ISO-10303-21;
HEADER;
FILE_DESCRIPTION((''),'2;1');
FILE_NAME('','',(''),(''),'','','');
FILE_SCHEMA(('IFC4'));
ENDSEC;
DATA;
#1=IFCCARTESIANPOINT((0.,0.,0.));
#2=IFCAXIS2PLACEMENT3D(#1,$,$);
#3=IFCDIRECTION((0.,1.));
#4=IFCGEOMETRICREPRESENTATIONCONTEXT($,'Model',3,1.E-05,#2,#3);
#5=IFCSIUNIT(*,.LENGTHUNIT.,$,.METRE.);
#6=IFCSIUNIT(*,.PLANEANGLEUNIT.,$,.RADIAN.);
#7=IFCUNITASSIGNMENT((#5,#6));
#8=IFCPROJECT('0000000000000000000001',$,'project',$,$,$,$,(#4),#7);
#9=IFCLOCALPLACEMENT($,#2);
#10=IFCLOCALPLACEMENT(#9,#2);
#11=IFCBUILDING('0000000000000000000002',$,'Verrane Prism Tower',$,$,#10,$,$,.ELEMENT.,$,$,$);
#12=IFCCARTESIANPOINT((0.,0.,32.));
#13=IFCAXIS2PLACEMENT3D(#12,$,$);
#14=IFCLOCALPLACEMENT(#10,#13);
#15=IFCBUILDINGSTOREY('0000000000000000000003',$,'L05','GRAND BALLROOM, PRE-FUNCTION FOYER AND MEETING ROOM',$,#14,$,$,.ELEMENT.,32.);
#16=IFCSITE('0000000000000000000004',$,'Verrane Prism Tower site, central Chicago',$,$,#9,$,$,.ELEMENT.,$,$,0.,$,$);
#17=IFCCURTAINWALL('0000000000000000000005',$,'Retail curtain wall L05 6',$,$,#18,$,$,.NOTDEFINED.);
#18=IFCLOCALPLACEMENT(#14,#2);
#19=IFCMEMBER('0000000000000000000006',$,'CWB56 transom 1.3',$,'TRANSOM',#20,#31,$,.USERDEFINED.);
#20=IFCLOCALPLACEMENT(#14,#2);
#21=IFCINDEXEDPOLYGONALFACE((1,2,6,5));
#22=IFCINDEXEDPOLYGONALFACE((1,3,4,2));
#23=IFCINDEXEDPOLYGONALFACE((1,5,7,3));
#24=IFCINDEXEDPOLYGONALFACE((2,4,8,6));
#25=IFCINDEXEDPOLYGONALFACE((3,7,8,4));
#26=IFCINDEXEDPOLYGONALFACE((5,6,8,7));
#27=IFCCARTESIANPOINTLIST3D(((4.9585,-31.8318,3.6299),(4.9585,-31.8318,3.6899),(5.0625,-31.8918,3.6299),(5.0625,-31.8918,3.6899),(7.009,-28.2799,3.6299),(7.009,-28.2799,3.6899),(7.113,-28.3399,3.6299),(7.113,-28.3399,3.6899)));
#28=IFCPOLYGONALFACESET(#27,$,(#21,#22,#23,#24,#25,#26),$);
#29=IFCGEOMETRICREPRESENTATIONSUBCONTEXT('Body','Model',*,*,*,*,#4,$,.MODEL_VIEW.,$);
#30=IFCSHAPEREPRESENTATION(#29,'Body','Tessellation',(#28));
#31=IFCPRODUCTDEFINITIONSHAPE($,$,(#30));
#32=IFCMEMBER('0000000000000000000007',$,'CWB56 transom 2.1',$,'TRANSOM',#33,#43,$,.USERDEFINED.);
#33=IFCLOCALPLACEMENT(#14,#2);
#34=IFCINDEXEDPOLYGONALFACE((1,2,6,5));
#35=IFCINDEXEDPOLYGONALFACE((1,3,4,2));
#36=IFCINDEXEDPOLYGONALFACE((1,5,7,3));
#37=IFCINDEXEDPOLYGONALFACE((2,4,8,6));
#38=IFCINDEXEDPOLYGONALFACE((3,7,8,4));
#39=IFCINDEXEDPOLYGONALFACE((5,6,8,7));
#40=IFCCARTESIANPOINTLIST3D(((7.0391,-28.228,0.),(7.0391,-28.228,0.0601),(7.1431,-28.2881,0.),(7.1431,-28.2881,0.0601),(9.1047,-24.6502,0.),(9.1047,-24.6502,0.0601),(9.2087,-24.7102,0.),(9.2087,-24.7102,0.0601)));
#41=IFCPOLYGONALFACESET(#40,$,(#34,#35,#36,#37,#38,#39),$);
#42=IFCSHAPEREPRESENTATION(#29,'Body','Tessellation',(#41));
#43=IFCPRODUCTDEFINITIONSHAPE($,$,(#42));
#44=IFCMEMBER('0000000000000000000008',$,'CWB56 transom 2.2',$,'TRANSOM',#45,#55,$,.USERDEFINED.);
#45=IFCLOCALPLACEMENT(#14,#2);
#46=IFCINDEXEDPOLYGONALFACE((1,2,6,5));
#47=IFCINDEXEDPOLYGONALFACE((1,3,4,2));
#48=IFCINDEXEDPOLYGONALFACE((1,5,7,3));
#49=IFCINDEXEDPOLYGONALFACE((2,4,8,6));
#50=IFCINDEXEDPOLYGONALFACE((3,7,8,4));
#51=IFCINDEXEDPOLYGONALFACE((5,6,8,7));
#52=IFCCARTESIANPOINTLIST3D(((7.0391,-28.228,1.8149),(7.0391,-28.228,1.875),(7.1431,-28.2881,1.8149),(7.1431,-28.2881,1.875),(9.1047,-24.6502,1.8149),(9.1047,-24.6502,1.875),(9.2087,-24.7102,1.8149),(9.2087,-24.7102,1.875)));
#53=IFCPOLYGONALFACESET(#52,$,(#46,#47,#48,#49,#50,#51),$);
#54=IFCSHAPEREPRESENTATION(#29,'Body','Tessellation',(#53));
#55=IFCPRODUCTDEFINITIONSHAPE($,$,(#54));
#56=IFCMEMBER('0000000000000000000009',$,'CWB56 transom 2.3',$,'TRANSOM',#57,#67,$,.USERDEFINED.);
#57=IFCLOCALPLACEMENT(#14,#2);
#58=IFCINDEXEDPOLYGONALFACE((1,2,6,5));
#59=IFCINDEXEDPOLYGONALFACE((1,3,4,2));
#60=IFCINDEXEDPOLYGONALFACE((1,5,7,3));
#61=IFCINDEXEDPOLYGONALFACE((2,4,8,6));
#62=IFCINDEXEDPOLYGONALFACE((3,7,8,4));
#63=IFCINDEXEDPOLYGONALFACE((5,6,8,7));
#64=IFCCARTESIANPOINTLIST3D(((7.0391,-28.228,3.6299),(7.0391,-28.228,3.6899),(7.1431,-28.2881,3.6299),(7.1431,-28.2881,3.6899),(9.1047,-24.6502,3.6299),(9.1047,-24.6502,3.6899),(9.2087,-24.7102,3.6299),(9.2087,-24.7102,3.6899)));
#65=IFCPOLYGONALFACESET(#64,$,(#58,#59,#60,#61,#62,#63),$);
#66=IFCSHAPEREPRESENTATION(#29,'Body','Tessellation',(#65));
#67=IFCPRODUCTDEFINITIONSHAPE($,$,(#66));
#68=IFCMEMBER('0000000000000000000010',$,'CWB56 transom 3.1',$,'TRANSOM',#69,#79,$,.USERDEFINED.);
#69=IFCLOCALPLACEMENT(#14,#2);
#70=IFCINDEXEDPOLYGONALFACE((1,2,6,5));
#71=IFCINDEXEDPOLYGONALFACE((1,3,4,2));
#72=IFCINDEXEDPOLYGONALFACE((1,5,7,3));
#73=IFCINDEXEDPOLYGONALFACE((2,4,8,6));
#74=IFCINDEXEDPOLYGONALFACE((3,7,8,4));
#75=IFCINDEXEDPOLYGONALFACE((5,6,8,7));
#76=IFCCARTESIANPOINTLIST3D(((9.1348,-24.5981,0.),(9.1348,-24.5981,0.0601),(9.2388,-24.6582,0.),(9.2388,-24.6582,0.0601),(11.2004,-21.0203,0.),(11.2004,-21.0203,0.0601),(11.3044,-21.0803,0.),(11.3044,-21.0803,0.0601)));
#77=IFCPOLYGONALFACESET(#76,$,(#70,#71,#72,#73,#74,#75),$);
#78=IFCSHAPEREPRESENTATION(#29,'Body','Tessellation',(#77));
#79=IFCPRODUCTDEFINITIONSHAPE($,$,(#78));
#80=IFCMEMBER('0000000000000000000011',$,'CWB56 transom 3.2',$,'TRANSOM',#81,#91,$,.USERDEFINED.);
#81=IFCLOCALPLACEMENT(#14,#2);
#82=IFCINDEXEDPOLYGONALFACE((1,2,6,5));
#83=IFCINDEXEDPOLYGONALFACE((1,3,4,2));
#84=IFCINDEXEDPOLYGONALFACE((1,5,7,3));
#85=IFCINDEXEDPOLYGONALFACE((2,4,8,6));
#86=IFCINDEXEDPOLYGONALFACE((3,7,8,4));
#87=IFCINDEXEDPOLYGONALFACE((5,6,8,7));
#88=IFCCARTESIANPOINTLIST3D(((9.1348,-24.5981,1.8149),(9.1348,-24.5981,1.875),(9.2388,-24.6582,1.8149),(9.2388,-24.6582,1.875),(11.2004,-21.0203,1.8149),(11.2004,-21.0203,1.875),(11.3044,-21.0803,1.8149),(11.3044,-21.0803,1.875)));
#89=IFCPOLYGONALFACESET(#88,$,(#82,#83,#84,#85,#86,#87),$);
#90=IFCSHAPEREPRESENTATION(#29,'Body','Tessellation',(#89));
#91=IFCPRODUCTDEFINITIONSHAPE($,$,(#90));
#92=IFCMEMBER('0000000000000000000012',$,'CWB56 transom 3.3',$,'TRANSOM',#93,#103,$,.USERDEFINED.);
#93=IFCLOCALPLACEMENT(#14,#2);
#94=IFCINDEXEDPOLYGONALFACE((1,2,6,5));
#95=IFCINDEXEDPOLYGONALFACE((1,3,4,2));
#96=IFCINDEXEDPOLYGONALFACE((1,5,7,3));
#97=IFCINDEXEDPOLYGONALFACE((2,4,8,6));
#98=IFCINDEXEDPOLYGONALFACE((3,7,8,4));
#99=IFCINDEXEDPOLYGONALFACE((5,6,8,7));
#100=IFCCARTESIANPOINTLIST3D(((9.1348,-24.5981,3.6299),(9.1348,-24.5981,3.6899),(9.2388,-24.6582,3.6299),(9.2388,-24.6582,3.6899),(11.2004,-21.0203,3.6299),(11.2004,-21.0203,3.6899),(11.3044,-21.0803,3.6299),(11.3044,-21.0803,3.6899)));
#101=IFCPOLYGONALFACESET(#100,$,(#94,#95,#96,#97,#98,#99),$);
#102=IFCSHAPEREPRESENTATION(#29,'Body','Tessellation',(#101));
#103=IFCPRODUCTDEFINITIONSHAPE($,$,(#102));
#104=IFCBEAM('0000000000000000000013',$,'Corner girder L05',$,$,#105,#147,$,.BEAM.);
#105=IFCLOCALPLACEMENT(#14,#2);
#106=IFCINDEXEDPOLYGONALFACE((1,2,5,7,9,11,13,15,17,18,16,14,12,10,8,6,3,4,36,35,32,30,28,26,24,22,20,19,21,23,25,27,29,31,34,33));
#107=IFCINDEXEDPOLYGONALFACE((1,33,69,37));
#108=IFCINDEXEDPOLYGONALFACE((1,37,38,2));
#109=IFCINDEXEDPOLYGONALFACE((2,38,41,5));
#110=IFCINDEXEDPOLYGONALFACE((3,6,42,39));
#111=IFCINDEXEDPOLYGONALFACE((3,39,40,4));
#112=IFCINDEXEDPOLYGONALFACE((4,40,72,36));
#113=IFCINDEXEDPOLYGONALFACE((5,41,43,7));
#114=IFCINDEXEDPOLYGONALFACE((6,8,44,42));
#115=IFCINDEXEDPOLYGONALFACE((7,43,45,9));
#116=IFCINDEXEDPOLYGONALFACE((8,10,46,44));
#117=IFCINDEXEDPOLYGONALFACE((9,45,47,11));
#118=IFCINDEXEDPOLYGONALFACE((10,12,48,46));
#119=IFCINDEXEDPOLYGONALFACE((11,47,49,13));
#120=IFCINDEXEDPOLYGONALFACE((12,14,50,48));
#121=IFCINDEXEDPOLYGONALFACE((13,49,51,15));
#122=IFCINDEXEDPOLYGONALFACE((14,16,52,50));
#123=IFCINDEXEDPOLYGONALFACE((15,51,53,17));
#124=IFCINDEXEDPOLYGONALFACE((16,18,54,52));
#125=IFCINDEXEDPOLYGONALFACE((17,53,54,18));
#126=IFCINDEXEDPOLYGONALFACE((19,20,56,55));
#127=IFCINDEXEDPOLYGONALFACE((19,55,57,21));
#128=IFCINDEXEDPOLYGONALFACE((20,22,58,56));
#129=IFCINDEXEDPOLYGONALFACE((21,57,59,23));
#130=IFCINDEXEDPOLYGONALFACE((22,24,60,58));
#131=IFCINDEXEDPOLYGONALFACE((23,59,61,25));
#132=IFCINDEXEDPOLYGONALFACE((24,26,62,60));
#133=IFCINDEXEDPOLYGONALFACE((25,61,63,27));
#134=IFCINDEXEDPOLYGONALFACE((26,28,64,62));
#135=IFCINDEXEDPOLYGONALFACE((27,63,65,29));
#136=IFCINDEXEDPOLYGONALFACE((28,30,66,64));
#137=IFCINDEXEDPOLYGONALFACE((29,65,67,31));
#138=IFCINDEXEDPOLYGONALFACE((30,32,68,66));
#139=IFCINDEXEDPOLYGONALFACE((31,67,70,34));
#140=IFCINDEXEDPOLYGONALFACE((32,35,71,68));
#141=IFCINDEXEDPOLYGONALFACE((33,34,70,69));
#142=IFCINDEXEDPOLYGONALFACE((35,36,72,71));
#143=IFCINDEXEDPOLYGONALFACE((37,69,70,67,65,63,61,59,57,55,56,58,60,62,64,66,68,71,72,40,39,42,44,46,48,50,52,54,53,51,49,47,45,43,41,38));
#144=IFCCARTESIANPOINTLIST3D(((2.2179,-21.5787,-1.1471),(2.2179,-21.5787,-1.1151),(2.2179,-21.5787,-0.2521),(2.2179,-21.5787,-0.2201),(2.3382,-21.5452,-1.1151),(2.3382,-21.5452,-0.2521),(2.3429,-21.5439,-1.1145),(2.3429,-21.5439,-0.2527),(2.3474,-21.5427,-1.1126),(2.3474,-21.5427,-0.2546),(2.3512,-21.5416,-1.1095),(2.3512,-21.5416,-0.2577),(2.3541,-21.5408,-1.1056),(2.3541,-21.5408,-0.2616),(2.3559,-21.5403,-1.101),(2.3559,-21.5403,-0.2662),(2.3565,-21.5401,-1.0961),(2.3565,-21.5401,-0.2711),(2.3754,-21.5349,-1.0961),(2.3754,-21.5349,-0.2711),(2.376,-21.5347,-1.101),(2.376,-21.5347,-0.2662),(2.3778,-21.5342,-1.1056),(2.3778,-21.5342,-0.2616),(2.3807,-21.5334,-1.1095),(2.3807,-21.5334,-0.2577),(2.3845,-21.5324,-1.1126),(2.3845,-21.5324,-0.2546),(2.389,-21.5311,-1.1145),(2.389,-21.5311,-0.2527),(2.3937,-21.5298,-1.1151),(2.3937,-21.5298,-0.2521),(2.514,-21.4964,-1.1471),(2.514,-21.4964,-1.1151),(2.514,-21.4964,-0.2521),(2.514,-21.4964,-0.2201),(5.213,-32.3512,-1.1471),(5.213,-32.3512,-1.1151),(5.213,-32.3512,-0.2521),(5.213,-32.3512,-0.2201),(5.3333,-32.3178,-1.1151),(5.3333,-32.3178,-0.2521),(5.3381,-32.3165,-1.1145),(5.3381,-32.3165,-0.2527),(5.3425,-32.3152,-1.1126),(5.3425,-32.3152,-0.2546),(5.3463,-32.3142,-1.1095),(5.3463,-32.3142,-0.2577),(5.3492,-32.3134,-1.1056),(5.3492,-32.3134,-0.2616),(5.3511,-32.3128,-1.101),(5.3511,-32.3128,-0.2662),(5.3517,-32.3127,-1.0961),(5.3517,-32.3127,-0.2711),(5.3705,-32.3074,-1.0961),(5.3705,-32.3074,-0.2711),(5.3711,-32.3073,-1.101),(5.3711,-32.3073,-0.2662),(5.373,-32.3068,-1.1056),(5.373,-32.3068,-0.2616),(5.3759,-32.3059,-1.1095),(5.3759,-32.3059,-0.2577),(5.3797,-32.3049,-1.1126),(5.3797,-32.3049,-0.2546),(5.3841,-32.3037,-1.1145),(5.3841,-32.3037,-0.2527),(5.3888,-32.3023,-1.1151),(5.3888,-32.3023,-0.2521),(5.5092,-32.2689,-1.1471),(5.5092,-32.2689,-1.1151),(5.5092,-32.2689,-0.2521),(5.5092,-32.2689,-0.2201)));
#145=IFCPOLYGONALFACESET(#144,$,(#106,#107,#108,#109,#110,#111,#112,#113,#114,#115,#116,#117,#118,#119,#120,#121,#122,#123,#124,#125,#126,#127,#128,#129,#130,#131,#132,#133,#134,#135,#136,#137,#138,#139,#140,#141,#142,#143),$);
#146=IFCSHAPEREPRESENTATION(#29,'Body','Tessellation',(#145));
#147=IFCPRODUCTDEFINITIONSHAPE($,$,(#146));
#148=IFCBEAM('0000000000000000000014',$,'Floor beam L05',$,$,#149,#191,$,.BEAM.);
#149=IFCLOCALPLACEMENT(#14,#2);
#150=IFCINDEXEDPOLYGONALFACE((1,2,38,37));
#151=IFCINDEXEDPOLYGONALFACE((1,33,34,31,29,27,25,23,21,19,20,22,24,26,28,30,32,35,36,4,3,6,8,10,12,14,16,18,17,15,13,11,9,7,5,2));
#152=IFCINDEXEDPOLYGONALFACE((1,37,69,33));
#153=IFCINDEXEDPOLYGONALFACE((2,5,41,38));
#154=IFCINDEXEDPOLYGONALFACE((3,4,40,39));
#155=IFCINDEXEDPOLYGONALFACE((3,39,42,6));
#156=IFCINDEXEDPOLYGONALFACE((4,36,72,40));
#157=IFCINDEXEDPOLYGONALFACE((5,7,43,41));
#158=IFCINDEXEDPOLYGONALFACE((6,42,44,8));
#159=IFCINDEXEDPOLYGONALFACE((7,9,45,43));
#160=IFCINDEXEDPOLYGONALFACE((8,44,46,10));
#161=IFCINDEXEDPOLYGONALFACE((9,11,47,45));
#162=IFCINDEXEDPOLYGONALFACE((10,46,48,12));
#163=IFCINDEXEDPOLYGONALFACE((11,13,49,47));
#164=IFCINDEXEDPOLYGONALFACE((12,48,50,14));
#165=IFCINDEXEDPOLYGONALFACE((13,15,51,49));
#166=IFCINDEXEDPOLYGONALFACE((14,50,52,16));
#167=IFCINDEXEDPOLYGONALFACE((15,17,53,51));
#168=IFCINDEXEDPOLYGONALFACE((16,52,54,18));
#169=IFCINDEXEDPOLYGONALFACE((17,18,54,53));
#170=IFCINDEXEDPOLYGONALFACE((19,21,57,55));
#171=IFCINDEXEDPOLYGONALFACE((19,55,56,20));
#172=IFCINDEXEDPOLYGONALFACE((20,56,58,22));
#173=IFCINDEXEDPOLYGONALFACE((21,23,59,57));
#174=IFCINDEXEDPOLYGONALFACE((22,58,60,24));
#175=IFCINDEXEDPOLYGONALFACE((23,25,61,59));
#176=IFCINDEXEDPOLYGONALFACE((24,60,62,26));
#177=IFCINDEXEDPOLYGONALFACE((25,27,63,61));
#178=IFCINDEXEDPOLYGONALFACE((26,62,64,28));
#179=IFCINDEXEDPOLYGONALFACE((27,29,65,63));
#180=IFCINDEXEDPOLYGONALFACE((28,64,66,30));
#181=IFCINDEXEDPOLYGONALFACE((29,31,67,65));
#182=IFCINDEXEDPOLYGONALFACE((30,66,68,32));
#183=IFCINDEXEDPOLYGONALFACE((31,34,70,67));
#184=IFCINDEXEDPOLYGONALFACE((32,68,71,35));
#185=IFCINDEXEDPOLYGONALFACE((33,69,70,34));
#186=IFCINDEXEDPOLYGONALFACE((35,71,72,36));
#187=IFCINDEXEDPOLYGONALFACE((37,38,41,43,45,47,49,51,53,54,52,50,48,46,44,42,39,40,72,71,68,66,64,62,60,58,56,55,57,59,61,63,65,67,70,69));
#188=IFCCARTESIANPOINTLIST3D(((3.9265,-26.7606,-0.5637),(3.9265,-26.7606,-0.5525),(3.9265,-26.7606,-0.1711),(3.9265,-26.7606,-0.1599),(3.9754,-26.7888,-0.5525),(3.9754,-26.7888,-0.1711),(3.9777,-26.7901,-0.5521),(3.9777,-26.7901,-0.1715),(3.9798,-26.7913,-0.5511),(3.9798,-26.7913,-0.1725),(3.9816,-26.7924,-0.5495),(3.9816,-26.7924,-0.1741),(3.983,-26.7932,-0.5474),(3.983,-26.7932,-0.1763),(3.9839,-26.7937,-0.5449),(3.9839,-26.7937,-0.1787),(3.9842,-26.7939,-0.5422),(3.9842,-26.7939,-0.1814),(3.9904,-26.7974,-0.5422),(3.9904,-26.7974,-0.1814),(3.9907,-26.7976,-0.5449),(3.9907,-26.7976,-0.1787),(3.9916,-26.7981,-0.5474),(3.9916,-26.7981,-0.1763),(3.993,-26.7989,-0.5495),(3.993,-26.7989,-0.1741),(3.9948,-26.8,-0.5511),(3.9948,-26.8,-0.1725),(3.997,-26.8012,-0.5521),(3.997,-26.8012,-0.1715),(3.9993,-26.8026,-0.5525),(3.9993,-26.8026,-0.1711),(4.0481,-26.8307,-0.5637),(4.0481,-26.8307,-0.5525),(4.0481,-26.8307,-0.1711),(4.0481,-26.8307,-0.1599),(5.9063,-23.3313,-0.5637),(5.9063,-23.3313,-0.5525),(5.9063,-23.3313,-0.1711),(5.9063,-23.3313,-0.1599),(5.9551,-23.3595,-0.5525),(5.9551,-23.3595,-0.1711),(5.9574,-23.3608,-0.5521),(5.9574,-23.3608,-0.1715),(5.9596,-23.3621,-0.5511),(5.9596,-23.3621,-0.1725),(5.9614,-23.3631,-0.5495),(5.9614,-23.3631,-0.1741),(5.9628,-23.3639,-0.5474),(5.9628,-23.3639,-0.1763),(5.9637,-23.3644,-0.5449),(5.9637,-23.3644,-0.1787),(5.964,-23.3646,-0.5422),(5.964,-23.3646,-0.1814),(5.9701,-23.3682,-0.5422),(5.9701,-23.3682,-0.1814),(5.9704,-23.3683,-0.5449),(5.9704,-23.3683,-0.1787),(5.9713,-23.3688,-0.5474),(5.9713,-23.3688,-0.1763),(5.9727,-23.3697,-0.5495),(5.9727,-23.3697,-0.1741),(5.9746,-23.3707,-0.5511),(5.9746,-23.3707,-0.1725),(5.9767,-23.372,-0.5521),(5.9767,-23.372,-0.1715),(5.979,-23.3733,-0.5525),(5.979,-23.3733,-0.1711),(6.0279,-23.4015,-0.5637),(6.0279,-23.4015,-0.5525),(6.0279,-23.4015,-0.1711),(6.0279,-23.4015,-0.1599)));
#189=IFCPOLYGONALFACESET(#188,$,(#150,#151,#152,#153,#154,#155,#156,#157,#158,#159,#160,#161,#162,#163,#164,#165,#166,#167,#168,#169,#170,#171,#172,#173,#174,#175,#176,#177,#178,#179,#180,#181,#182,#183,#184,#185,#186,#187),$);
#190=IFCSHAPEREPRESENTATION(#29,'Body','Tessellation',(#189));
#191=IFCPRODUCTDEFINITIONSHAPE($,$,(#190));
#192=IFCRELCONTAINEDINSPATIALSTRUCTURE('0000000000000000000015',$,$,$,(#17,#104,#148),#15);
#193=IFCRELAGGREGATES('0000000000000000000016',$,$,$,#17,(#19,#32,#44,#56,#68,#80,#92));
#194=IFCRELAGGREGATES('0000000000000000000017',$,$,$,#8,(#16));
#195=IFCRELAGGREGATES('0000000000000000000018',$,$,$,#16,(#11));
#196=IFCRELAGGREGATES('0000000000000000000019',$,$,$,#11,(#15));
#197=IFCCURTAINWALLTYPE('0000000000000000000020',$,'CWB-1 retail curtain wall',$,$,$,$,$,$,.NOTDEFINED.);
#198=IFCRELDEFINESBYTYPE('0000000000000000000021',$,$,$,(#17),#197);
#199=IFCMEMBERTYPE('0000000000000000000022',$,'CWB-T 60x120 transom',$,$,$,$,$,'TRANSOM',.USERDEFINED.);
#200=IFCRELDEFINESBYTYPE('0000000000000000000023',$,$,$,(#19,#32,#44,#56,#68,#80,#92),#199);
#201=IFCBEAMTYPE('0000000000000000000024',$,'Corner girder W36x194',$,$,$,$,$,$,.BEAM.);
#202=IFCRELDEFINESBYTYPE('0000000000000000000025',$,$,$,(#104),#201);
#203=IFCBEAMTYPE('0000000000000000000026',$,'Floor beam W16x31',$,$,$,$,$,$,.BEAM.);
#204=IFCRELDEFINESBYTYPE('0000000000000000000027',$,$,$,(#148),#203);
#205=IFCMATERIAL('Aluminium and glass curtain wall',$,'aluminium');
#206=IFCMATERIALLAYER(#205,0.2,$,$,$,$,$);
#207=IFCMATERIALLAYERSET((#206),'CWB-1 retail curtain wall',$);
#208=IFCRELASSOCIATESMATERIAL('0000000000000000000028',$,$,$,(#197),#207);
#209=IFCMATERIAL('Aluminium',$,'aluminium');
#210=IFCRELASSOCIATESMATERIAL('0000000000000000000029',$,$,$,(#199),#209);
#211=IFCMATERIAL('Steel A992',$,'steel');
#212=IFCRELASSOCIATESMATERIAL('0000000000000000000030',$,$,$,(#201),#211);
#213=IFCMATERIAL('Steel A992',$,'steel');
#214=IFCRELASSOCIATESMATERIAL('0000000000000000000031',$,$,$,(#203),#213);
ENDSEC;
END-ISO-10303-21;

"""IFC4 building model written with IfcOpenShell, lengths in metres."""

from ifc_helpers import new_model, si_unit, direction, frame, origin, origin_2d, place, context, subcontext, project, spatial, rectangle, i_section, extrude, material, layer, layer_set, material_profile, profile_set, type_object, element, aggregate, save


model = new_model("IFC4")

# Units and contexts
model_context = context("Model", 3, precision=1e-05, world=origin(), true_north=direction((0.0, 1.0)))
body_context = subcontext(model_context, "Body", "Model", "MODEL_VIEW")
ifc_project = project(units=[si_unit("LENGTHUNIT", "METRE"), si_unit("PLANEANGLEUNIT", "RADIAN")], contexts=[model_context])

# Site, building, storey
site_placement = place(None, origin())
site = spatial("IfcSite", under=ifc_project, at=site_placement, Name="Verrane Prism Tower site, central Chicago", CompositionType="ELEMENT", RefElevation=0.0)
building_placement = place(site_placement, origin())
building = spatial("IfcBuilding", under=site, at=building_placement, Name="Verrane Prism Tower", CompositionType="ELEMENT")
storey_placement = place(building_placement, frame((0.0, 0.0, 32.0)))
storey = spatial("IfcBuildingStorey", under=building, at=storey_placement, Name="L05", Description="GRAND BALLROOM, PRE-FUNCTION FOYER AND MEETING ROOM", CompositionType="ELEMENT", Elevation=32.0)

# Shared definitions
ifc_material_1 = material(Name="Aluminium and glass curtain wall", Category="aluminium")
ifc_layer_1 = layer(ifc_material_1, 0.2)
ifc_layer_set_1 = layer_set([ifc_layer_1], Name="CWB-1 retail curtain wall")
curtain_wall_type = type_object("IfcCurtainWallType", Name="CWB-1 retail curtain wall", PredefinedType="NOTDEFINED", material=ifc_layer_set_1)

# Curtain wall
curtain_wall_1_placement = place(storey_placement, origin())
curtain_wall_1 = element("IfcCurtainWall", 1, at=curtain_wall_1_placement, inside=storey, type_object=curtain_wall_type, Name="Retail curtain wall L05 6", PredefinedType="NOTDEFINED")

# Members
ifc_material_2 = material(Name="Aluminium", Category="aluminium")
ifc_material_profile_1 = material_profile(ifc_material_2, rectangle(XDim=0.1201, YDim=0.0601, at=origin_2d()), Name="CWB-T 60x120 transom")
ifc_profile_set_1 = profile_set([ifc_material_profile_1], Name="Aluminium")
member_type_1 = type_object("IfcMemberType", Name="CWB-T 60x120 transom", ElementType="TRANSOM", PredefinedType="USERDEFINED", material=ifc_profile_set_1)
member_1_placement = place(storey_placement, frame((5.0105, -31.8618, 3.6599), z_axis=(0.499961, 0.866048, 0.0), x_axis=(-0.866048, 0.499961, 0.0)))
member_1 = element("IfcMember", 2, at=member_1_placement, type_object=member_type_1, Name="CWB56 transom 1.3", ObjectType="TRANSOM", PredefinedType="USERDEFINED", context=body_context, shape_type="SweptSolid", body=[
    extrude(rectangle(XDim=0.1201, YDim=0.0601, at=origin_2d()), origin(), (0.0, 0.0, 1.0), 4.1013),
])
member_2_placement = place(storey_placement, frame((7.0911, -28.2581, 0.03), z_axis=(0.499997, 0.866027, 0.0), x_axis=(-0.866027, 0.499997, 0.0)))
member_2 = element("IfcMember", 3, at=member_2_placement, type_object=member_type_1, Name="CWB56 transom 2.1", ObjectType="TRANSOM", PredefinedType="USERDEFINED", context=body_context, shape_type="SweptSolid", body=[
    extrude(rectangle(XDim=0.1201, YDim=0.0601, at=origin_2d()), origin(), (0.0, 0.0, 1.0), 4.1313),
])
member_3_placement = place(storey_placement, frame((7.0911, -28.2581, 1.845), z_axis=(0.499997, 0.866027, 0.0), x_axis=(-0.866027, 0.499997, 0.0)))
member_3 = element("IfcMember", 4, at=member_3_placement, type_object=member_type_1, Name="CWB56 transom 2.2", ObjectType="TRANSOM", PredefinedType="USERDEFINED", context=body_context, shape_type="SweptSolid", body=[
    extrude(rectangle(XDim=0.1201, YDim=0.0601, at=origin_2d()), origin(), (0.0, 0.0, 1.0), 4.1313),
])
member_4_placement = place(storey_placement, frame((7.0911, -28.2581, 3.6599), z_axis=(0.499997, 0.866027, 0.0), x_axis=(-0.866027, 0.499997, 0.0)))
member_4 = element("IfcMember", 5, at=member_4_placement, type_object=member_type_1, Name="CWB56 transom 2.3", ObjectType="TRANSOM", PredefinedType="USERDEFINED", context=body_context, shape_type="SweptSolid", body=[
    extrude(rectangle(XDim=0.1201, YDim=0.0601, at=origin_2d()), origin(), (0.0, 0.0, 1.0), 4.1313),
])
member_5_placement = place(storey_placement, frame((9.1868, -24.6282, 0.03), z_axis=(0.499997, 0.866027, 0.0), x_axis=(-0.866027, 0.499997, 0.0)))
member_5 = element("IfcMember", 6, at=member_5_placement, type_object=member_type_1, Name="CWB56 transom 3.1", ObjectType="TRANSOM", PredefinedType="USERDEFINED", context=body_context, shape_type="SweptSolid", body=[
    extrude(rectangle(XDim=0.1201, YDim=0.0601, at=origin_2d()), origin(), (0.0, 0.0, 1.0), 4.1313),
])
member_6_placement = place(storey_placement, frame((9.1868, -24.6282, 1.845), z_axis=(0.499997, 0.866027, 0.0), x_axis=(-0.866027, 0.499997, 0.0)))
member_6 = element("IfcMember", 7, at=member_6_placement, type_object=member_type_1, Name="CWB56 transom 3.2", ObjectType="TRANSOM", PredefinedType="USERDEFINED", context=body_context, shape_type="SweptSolid", body=[
    extrude(rectangle(XDim=0.1201, YDim=0.0601, at=origin_2d()), origin(), (0.0, 0.0, 1.0), 4.1313),
])
member_7_placement = place(storey_placement, frame((9.1868, -24.6282, 3.6599), z_axis=(0.499997, 0.866027, 0.0), x_axis=(-0.866027, 0.499997, 0.0)))
member_7 = element("IfcMember", 8, at=member_7_placement, type_object=member_type_1, Name="CWB56 transom 3.3", ObjectType="TRANSOM", PredefinedType="USERDEFINED", context=body_context, shape_type="SweptSolid", body=[
    extrude(rectangle(XDim=0.1201, YDim=0.0601, at=origin_2d()), origin(), (0.0, 0.0, 1.0), 4.1313),
])

# Beams
ifc_material_3 = material(Name="Steel A992", Category="steel")
ifc_material_profile_2 = material_profile(ifc_material_3, i_section(OverallWidth=0.3074, OverallDepth=0.927, WebThickness=0.0195, FlangeThickness=0.032, FilletRadius=0.019, at=origin_2d()), Name="W36x194")
ifc_profile_set_2 = profile_set([ifc_material_profile_2], Name="Steel A992")
beam_type_1 = type_object("IfcBeamType", Name="Corner girder W36x194", PredefinedType="BEAM", material=ifc_profile_set_2)
beam_1_placement = place(storey_placement, frame((5.3611, -32.3101, -0.6836), z_axis=(-0.267874, 0.963454, 0.0), x_axis=(-0.963454, -0.267874, 0.0)))
element("IfcBeam", 9, at=beam_1_placement, inside=storey, type_object=beam_type_1, Name="Corner girder L05", PredefinedType="BEAM", context=body_context, shape_type="SweptSolid", body=[
    extrude(i_section(OverallWidth=0.3074, OverallDepth=0.927, WebThickness=0.0195, FlangeThickness=0.032, FilletRadius=0.019, at=origin_2d()), origin(), (0.0, 0.0, 1.0), 11.1812),
])
ifc_material_4 = material(Name="Steel A992", Category="steel")
ifc_material_profile_3 = material_profile(ifc_material_4, i_section(OverallWidth=0.1404, OverallDepth=0.4038, WebThickness=0.0071, FlangeThickness=0.0112, FilletRadius=0.0103, at=origin_2d()), Name="W16x31")
ifc_profile_set_3 = profile_set([ifc_material_profile_3], Name="Steel A992")
beam_type_2 = type_object("IfcBeamType", Name="Floor beam W16x31", PredefinedType="BEAM", material=ifc_profile_set_3)
beam_2_placement = place(storey_placement, frame((3.9873, -26.7957, -0.3618), z_axis=(0.499979, 0.866038, 0.0), x_axis=(-0.866038, 0.499979, 0.0)))
element("IfcBeam", 10, at=beam_2_placement, inside=storey, type_object=beam_type_2, Name="Floor beam L05", PredefinedType="BEAM", context=body_context, shape_type="SweptSolid", body=[
    extrude(i_section(OverallWidth=0.1404, OverallDepth=0.4038, WebThickness=0.0071, FlangeThickness=0.0112, FilletRadius=0.0103, at=origin_2d()), origin(), (0.0, 0.0, 1.0), 3.9597),
])

aggregate(curtain_wall_1, [member_1, member_2, member_3, member_4, member_5, member_6, member_7])

save(model, "model.ifc")
